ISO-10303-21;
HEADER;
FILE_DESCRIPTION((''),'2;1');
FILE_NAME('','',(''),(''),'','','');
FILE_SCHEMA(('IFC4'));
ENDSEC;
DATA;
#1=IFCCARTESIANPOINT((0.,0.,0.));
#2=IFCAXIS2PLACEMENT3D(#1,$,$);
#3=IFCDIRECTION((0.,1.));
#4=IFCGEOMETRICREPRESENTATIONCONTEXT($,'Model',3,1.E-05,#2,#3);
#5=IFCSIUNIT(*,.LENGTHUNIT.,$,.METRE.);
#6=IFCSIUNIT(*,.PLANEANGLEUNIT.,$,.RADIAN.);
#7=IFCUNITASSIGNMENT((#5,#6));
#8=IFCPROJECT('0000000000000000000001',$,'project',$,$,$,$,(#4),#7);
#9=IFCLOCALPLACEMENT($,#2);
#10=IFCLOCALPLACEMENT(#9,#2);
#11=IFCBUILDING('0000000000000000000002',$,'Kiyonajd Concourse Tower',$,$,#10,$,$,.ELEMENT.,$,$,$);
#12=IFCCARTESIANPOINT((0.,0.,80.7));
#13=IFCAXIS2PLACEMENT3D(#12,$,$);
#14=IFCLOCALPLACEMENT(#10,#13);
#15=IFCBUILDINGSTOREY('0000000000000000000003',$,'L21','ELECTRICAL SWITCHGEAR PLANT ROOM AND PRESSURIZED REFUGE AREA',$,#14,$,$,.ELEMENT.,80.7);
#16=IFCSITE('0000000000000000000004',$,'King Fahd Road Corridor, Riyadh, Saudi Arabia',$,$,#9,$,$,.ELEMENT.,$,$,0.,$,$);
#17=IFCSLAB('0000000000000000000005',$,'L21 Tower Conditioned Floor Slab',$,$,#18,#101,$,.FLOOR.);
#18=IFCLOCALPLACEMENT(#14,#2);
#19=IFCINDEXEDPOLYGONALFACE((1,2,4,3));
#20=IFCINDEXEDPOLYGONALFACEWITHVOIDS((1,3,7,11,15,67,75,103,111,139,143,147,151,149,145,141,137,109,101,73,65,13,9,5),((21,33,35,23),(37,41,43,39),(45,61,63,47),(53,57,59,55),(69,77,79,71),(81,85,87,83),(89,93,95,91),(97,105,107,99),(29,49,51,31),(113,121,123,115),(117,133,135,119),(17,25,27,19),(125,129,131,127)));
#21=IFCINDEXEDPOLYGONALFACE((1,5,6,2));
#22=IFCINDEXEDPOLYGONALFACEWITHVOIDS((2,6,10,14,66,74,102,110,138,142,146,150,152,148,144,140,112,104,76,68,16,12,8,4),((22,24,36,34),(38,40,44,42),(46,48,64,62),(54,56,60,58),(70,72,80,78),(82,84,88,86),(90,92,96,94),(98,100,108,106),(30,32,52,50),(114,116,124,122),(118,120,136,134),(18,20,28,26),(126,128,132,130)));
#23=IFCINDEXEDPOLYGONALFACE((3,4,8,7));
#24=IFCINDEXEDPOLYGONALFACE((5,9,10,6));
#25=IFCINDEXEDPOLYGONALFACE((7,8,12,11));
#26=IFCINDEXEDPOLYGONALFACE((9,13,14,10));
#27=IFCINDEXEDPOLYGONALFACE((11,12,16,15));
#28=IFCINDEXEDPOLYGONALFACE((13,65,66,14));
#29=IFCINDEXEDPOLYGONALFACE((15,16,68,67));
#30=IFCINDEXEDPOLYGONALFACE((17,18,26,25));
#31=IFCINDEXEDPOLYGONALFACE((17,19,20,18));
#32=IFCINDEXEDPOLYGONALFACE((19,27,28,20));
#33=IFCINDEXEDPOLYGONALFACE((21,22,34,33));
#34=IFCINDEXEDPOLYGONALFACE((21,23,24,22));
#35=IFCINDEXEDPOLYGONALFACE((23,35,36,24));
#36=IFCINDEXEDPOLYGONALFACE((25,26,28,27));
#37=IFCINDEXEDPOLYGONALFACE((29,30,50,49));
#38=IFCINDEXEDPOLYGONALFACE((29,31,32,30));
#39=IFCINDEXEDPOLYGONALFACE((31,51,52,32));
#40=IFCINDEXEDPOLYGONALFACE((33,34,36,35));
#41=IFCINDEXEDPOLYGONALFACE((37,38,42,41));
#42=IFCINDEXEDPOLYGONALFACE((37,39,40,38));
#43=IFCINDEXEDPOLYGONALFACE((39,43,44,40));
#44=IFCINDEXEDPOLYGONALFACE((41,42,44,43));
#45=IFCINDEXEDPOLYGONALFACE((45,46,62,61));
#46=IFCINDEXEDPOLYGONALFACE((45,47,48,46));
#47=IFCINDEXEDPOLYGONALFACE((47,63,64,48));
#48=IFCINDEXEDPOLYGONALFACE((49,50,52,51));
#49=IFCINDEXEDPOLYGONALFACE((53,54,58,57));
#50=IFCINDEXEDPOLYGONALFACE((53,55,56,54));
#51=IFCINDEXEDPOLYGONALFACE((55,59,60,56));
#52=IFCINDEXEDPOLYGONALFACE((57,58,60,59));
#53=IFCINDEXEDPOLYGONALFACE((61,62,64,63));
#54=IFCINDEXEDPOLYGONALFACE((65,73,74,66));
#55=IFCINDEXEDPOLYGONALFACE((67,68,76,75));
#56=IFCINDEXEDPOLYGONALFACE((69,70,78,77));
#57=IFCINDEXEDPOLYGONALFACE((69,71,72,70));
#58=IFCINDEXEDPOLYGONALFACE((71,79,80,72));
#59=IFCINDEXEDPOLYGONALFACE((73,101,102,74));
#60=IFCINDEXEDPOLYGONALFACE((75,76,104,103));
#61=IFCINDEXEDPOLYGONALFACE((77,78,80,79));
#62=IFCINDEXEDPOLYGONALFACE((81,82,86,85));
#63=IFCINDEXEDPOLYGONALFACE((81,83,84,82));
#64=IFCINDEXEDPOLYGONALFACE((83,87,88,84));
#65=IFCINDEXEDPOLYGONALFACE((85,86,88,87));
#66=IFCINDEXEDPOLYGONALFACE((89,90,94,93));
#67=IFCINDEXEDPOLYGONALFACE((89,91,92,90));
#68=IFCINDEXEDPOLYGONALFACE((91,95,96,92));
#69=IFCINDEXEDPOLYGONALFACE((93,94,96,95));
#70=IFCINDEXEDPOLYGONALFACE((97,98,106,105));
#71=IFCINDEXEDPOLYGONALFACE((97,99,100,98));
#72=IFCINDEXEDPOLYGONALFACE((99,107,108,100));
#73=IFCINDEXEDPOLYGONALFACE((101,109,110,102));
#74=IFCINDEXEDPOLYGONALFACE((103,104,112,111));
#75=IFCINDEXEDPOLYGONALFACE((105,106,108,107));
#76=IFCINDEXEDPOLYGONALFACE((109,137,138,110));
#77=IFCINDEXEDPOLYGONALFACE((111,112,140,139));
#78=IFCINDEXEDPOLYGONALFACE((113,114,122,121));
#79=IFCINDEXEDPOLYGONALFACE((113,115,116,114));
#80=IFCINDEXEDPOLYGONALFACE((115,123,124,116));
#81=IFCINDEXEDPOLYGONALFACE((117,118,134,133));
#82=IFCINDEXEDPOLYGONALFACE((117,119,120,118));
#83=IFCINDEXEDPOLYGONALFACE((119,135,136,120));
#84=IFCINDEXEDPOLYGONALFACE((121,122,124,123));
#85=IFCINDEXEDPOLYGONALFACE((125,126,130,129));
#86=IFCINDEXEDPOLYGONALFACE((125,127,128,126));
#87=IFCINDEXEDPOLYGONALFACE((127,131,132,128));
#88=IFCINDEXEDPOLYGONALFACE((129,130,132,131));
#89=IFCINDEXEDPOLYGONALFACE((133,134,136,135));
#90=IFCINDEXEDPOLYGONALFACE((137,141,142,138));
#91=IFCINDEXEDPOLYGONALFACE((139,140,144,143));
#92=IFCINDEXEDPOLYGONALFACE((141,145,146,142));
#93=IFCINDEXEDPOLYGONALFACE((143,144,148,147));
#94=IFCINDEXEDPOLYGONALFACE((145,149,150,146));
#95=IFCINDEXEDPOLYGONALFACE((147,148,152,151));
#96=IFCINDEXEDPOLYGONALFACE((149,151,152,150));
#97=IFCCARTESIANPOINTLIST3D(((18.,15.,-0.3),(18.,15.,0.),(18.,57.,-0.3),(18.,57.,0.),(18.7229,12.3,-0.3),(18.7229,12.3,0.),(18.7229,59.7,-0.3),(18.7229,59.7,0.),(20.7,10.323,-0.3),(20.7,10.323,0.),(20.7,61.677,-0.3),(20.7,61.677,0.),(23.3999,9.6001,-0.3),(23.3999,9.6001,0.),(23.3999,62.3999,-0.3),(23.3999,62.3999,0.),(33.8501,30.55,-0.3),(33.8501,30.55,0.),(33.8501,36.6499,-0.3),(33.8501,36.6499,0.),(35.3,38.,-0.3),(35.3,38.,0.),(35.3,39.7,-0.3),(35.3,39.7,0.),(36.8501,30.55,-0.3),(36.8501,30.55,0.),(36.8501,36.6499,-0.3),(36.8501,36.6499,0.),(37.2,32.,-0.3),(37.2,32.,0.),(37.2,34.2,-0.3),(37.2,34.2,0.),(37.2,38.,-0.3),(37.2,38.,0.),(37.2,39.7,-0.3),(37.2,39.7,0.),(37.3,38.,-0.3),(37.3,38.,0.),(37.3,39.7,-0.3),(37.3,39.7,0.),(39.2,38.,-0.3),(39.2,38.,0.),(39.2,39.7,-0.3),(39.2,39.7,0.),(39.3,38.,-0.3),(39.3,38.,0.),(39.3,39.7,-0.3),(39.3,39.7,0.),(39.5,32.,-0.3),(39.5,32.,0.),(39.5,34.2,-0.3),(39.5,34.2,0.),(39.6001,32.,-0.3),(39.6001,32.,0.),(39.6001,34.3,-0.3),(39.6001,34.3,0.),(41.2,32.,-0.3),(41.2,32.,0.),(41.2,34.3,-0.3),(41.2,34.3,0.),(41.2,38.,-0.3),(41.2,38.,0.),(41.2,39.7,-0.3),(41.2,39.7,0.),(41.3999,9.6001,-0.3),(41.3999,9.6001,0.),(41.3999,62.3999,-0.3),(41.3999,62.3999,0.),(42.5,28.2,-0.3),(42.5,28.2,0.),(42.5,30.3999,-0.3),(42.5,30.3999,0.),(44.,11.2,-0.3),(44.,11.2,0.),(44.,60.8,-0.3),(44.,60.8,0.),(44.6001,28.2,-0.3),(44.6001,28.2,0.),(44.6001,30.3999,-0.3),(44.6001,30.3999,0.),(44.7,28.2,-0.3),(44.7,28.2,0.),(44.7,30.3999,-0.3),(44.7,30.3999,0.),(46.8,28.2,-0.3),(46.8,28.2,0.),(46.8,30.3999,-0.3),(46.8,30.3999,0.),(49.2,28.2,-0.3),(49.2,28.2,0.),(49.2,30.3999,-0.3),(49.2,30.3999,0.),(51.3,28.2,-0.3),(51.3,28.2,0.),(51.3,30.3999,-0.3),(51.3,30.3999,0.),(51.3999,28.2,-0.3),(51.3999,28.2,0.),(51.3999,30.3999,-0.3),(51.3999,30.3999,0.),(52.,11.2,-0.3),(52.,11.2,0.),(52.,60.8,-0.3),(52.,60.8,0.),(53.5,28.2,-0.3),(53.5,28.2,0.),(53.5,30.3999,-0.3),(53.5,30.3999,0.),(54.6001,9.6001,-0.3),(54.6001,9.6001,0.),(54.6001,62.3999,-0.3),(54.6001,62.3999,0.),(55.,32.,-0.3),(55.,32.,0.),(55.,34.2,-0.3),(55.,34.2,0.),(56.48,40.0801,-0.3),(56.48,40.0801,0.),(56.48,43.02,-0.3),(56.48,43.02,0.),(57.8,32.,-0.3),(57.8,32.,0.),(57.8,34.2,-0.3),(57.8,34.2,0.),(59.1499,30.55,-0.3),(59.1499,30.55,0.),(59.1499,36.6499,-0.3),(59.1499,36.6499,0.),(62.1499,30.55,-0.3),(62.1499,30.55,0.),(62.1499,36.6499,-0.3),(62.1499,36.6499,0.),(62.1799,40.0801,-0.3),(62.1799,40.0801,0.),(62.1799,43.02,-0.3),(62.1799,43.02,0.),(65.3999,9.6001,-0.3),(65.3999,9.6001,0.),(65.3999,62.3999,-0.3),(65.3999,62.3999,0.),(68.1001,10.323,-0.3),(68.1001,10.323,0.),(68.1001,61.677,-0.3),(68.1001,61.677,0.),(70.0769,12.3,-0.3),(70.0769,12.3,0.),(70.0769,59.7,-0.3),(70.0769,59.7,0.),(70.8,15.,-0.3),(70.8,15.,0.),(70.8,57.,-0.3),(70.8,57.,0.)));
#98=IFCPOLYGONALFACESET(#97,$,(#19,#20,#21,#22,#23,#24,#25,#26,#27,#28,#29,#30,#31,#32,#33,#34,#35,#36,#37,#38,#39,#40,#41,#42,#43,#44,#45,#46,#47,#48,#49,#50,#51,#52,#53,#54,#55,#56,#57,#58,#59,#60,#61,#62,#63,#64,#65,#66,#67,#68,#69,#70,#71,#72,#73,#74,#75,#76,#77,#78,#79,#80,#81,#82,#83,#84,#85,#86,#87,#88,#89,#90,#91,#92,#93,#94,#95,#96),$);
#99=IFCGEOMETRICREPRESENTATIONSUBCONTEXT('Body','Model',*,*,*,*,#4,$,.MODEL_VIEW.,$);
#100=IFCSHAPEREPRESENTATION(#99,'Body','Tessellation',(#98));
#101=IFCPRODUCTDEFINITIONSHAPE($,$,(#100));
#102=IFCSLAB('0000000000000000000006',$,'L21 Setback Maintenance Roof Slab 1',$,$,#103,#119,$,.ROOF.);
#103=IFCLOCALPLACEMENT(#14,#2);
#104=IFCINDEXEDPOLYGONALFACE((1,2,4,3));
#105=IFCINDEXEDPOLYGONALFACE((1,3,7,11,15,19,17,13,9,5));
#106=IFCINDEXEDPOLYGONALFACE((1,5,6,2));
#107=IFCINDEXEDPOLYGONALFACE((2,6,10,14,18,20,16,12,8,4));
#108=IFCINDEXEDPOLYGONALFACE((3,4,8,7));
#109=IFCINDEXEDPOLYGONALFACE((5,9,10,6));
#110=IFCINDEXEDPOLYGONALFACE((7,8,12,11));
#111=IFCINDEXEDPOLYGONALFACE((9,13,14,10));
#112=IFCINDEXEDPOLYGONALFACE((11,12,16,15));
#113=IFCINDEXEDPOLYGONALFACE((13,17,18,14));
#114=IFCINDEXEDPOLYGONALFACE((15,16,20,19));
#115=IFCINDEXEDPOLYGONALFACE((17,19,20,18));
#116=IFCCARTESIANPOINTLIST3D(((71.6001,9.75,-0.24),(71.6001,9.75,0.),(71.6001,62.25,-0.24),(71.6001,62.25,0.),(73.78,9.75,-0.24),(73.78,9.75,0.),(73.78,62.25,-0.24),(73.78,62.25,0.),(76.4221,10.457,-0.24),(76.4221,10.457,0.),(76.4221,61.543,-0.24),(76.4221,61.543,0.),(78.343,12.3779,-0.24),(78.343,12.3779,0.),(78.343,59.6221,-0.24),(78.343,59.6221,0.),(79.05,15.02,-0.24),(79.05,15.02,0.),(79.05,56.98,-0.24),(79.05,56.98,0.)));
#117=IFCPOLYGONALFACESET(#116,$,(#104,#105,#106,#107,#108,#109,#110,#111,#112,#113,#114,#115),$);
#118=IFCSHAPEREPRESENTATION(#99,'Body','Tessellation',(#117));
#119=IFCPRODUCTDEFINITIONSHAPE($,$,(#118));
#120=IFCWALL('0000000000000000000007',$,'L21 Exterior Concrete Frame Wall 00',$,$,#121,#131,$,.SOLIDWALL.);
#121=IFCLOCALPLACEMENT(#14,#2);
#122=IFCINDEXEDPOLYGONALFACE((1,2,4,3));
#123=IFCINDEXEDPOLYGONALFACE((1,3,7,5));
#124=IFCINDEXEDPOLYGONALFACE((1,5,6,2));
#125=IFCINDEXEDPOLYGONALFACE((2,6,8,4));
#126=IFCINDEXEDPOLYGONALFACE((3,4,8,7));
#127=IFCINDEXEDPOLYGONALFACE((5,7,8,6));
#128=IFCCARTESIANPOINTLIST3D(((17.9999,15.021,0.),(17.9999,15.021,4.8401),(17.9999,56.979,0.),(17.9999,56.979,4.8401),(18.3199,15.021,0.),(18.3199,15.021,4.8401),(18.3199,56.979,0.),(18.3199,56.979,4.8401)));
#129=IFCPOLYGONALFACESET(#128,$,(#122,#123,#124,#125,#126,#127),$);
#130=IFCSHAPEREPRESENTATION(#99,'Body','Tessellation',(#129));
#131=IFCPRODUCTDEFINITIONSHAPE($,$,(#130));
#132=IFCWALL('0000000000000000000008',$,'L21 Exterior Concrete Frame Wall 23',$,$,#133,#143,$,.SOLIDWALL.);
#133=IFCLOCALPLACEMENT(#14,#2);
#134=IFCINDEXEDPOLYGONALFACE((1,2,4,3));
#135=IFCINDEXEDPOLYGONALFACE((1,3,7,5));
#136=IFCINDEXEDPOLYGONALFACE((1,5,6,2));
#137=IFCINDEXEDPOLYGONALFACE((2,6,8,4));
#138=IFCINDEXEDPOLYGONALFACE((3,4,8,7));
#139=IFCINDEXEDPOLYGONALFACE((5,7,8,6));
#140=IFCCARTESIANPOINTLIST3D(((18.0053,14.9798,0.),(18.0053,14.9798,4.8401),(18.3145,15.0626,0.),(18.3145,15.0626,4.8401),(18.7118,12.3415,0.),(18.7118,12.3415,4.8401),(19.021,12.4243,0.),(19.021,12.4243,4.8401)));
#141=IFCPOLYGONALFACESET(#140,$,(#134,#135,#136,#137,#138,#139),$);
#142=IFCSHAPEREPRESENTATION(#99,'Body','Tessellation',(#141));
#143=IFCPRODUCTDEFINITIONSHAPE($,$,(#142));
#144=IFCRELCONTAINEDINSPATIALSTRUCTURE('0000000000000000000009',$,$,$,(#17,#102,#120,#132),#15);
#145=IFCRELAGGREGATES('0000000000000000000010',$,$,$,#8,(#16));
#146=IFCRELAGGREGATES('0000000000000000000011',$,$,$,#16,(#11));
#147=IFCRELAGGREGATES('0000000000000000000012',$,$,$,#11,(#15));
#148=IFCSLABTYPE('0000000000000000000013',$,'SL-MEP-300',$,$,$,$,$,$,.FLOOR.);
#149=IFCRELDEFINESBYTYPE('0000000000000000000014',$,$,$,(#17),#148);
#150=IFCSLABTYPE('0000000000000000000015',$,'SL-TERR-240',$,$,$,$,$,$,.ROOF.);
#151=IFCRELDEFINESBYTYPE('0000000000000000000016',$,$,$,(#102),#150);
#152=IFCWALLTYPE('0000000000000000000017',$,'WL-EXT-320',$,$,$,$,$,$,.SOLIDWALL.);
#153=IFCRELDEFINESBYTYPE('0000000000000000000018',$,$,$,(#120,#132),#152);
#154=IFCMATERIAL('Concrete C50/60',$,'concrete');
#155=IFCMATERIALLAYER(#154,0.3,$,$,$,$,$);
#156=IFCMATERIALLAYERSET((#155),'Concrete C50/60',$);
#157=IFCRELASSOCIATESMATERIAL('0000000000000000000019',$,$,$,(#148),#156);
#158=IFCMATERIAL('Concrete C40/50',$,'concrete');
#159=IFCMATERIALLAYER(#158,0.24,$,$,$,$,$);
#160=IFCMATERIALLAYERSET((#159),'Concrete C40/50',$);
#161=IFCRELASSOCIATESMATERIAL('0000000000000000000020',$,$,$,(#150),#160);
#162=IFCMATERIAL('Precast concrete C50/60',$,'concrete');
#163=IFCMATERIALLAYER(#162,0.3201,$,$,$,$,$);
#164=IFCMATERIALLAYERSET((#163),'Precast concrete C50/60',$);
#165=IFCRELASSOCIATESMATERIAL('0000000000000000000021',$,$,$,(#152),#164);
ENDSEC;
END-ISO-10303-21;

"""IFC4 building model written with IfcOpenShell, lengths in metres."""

from ifc_helpers import new_model, si_unit, direction, frame, frame_2d, origin, place, context, subcontext, project, spatial, polyline, rectangle, outline, extrude, material, layer, layer_set, type_object, element, save


model = new_model("IFC4")

# Units and contexts
model_context = context("Model", 3, precision=1e-05, world=origin(), true_north=direction((0.0, 1.0)))
body_context = subcontext(model_context, "Body", "Model", "MODEL_VIEW")
ifc_project = project(units=[si_unit("LENGTHUNIT", "METRE"), si_unit("PLANEANGLEUNIT", "RADIAN")], contexts=[model_context])

# Site, building, storey
site_placement = place(None, origin())
site = spatial("IfcSite", under=ifc_project, at=site_placement, Name="King Fahd Road Corridor, Riyadh, Saudi Arabia", CompositionType="ELEMENT", RefElevation=0.0)
building_placement = place(site_placement, origin())
building = spatial("IfcBuilding", under=site, at=building_placement, Name="Kiyonajd Concourse Tower", CompositionType="ELEMENT")
storey_placement = place(building_placement, frame((0.0, 0.0, 80.7)))
storey = spatial("IfcBuildingStorey", under=building, at=storey_placement, Name="L21", Description="ELECTRICAL SWITCHGEAR PLANT ROOM AND PRESSURIZED REFUGE AREA", CompositionType="ELEMENT", Elevation=80.7)

# Shared definitions
ifc_material_1 = material(Name="Concrete C40/50", Category="concrete")

# Slabs
ifc_material_2 = material(Name="Concrete C50/60", Category="concrete")
ifc_layer_1 = layer(ifc_material_2, 0.3)
ifc_layer_set_1 = layer_set([ifc_layer_1], Name="Concrete C50/60")
slab_type_1 = type_object("IfcSlabType", Name="SL-MEP-300", PredefinedType="FLOOR", material=ifc_layer_set_1)
slab_1_placement = place(storey_placement, frame((0.0, 0.0, -0.3)))
element("IfcSlab", 1, at=slab_1_placement, inside=storey, type_object=slab_type_1, Name="L21 Tower Conditioned Floor Slab", PredefinedType="FLOOR", context=body_context, shape_type="SweptSolid", body=[
    extrude(outline(polyline([(18.0, 15.0), (18.7229, 12.3), (20.7, 10.323), (23.3999, 9.6001), (41.3999, 9.6001), (44.0, 11.2), (52.0, 11.2), (54.6001, 9.6001), (65.3999, 9.6001), (68.1001, 10.323), (70.0769, 12.3), (70.8, 15.0), (70.8, 57.0), (70.0769, 59.7), (68.1001, 61.677), (65.3999, 62.3999), (54.6001, 62.3999), (52.0, 60.8), (44.0, 60.8), (41.3999, 62.3999), (23.3999, 62.3999), (20.7, 61.677), (18.7229, 59.7), (18.0, 57.0), (18.0, 15.0)]), holes=[polyline([(44.6001, 28.2), (42.5, 28.2), (42.5, 30.3999), (44.6001, 30.3999), (44.6001, 28.2)]), polyline([(37.2, 32.0), (37.2, 34.2), (39.5, 34.2), (39.5, 32.0), (37.2, 32.0)]), polyline([(39.6001, 32.0), (39.6001, 34.3), (41.2, 34.3), (41.2, 32.0), (39.6001, 32.0)]), polyline([(36.8501, 30.55), (33.8501, 30.55), (33.8501, 36.6499), (36.8501, 36.6499), (36.8501, 30.55)]), polyline([(35.3, 38.0), (35.3, 39.7), (37.2, 39.7), (37.2, 38.0), (35.3, 38.0)]), polyline([(37.3, 38.0), (37.3, 39.7), (39.2, 39.7), (39.2, 38.0), (37.3, 38.0)]), polyline([(41.2, 38.0), (39.3, 38.0), (39.3, 39.7), (41.2, 39.7), (41.2, 38.0)]), polyline([(44.7, 28.2), (44.7, 30.3999), (46.8, 30.3999), (46.8, 28.2), (44.7, 28.2)]), polyline([(49.2, 28.2), (49.2, 30.3999), (51.3, 30.3999), (51.3, 28.2), (49.2, 28.2)]), polyline([(51.3999, 28.2), (51.3999, 30.3999), (53.5, 30.3999), (53.5, 28.2), (51.3999, 28.2)]), polyline([(55.0, 32.0), (55.0, 34.2), (57.8, 34.2), (57.8, 32.0), (55.0, 32.0)]), polyline([(59.1499, 30.55), (59.1499, 36.6499), (62.1499, 36.6499), (62.1499, 30.55), (59.1499, 30.55)]), polyline([(56.48, 43.02), (62.1799, 43.02), (62.1799, 40.0801), (56.48, 40.0801), (56.48, 43.02)])]), origin(), (0.0, 0.0, 1.0), 0.3),
])
ifc_layer_2 = layer(ifc_material_1, 0.24)
ifc_layer_set_2 = layer_set([ifc_layer_2], Name="Concrete C40/50")
slab_type_2 = type_object("IfcSlabType", Name="SL-TERR-240", PredefinedType="ROOF", material=ifc_layer_set_2)
slab_2_placement = place(storey_placement, frame((0.0, 0.0, -0.24)))
element("IfcSlab", 2, at=slab_2_placement, inside=storey, type_object=slab_type_2, Name="L21 Setback Maintenance Roof Slab 1", PredefinedType="ROOF", context=body_context, shape_type="SweptSolid", body=[
    extrude(outline(polyline([(76.4221, 61.543), (78.343, 59.6221), (79.05, 56.98), (79.05, 15.02), (78.343, 12.3779), (76.4221, 10.457), (73.78, 9.75), (71.6001, 9.75), (71.6001, 62.25), (73.78, 62.25), (76.4221, 61.543)])), origin(), (0.0, 0.0, 1.0), 0.24),
])

# Walls
ifc_material_3 = material(Name="Precast concrete C50/60", Category="concrete")
ifc_layer_3 = layer(ifc_material_3, 0.3201)
ifc_layer_set_3 = layer_set([ifc_layer_3], Name="Precast concrete C50/60")
wall_type_1 = type_object("IfcWallType", Name="WL-EXT-320", PredefinedType="SOLIDWALL", material=ifc_layer_set_3)
wall_1_placement = place(storey_placement, frame((18.1599, 15.021, 0.0), z_axis=(0.0, 0.0, 1.0), x_axis=(0.0, 1.0, 0.0)))
element("IfcWall", 3, at=wall_1_placement, inside=storey, type_object=wall_type_1, Name="L21 Exterior Concrete Frame Wall 00", PredefinedType="SOLIDWALL", context=body_context, shape_type="SweptSolid", body=[
    extrude(rectangle(XDim=41.958, YDim=0.3201, at=frame_2d((20.979, 0.0))), origin(), (0.0, 0.0, 1.0), 4.8401),
])
wall_2_placement = place(storey_placement, frame((18.8665, 12.3828, 0.0), z_axis=(0.0, 0.0, 1.0), x_axis=(-0.258697, 0.965958, 0.0)))
element("IfcWall", 4, at=wall_2_placement, inside=storey, type_object=wall_type_1, Name="L21 Exterior Concrete Frame Wall 23", PredefinedType="SOLIDWALL", context=body_context, shape_type="SweptSolid", body=[
    extrude(rectangle(XDim=2.7312, YDim=0.3201, at=frame_2d((1.3657, 0.0))), origin(), (0.0, 0.0, 1.0), 4.8401),
])

save(model, "model.ifc")
